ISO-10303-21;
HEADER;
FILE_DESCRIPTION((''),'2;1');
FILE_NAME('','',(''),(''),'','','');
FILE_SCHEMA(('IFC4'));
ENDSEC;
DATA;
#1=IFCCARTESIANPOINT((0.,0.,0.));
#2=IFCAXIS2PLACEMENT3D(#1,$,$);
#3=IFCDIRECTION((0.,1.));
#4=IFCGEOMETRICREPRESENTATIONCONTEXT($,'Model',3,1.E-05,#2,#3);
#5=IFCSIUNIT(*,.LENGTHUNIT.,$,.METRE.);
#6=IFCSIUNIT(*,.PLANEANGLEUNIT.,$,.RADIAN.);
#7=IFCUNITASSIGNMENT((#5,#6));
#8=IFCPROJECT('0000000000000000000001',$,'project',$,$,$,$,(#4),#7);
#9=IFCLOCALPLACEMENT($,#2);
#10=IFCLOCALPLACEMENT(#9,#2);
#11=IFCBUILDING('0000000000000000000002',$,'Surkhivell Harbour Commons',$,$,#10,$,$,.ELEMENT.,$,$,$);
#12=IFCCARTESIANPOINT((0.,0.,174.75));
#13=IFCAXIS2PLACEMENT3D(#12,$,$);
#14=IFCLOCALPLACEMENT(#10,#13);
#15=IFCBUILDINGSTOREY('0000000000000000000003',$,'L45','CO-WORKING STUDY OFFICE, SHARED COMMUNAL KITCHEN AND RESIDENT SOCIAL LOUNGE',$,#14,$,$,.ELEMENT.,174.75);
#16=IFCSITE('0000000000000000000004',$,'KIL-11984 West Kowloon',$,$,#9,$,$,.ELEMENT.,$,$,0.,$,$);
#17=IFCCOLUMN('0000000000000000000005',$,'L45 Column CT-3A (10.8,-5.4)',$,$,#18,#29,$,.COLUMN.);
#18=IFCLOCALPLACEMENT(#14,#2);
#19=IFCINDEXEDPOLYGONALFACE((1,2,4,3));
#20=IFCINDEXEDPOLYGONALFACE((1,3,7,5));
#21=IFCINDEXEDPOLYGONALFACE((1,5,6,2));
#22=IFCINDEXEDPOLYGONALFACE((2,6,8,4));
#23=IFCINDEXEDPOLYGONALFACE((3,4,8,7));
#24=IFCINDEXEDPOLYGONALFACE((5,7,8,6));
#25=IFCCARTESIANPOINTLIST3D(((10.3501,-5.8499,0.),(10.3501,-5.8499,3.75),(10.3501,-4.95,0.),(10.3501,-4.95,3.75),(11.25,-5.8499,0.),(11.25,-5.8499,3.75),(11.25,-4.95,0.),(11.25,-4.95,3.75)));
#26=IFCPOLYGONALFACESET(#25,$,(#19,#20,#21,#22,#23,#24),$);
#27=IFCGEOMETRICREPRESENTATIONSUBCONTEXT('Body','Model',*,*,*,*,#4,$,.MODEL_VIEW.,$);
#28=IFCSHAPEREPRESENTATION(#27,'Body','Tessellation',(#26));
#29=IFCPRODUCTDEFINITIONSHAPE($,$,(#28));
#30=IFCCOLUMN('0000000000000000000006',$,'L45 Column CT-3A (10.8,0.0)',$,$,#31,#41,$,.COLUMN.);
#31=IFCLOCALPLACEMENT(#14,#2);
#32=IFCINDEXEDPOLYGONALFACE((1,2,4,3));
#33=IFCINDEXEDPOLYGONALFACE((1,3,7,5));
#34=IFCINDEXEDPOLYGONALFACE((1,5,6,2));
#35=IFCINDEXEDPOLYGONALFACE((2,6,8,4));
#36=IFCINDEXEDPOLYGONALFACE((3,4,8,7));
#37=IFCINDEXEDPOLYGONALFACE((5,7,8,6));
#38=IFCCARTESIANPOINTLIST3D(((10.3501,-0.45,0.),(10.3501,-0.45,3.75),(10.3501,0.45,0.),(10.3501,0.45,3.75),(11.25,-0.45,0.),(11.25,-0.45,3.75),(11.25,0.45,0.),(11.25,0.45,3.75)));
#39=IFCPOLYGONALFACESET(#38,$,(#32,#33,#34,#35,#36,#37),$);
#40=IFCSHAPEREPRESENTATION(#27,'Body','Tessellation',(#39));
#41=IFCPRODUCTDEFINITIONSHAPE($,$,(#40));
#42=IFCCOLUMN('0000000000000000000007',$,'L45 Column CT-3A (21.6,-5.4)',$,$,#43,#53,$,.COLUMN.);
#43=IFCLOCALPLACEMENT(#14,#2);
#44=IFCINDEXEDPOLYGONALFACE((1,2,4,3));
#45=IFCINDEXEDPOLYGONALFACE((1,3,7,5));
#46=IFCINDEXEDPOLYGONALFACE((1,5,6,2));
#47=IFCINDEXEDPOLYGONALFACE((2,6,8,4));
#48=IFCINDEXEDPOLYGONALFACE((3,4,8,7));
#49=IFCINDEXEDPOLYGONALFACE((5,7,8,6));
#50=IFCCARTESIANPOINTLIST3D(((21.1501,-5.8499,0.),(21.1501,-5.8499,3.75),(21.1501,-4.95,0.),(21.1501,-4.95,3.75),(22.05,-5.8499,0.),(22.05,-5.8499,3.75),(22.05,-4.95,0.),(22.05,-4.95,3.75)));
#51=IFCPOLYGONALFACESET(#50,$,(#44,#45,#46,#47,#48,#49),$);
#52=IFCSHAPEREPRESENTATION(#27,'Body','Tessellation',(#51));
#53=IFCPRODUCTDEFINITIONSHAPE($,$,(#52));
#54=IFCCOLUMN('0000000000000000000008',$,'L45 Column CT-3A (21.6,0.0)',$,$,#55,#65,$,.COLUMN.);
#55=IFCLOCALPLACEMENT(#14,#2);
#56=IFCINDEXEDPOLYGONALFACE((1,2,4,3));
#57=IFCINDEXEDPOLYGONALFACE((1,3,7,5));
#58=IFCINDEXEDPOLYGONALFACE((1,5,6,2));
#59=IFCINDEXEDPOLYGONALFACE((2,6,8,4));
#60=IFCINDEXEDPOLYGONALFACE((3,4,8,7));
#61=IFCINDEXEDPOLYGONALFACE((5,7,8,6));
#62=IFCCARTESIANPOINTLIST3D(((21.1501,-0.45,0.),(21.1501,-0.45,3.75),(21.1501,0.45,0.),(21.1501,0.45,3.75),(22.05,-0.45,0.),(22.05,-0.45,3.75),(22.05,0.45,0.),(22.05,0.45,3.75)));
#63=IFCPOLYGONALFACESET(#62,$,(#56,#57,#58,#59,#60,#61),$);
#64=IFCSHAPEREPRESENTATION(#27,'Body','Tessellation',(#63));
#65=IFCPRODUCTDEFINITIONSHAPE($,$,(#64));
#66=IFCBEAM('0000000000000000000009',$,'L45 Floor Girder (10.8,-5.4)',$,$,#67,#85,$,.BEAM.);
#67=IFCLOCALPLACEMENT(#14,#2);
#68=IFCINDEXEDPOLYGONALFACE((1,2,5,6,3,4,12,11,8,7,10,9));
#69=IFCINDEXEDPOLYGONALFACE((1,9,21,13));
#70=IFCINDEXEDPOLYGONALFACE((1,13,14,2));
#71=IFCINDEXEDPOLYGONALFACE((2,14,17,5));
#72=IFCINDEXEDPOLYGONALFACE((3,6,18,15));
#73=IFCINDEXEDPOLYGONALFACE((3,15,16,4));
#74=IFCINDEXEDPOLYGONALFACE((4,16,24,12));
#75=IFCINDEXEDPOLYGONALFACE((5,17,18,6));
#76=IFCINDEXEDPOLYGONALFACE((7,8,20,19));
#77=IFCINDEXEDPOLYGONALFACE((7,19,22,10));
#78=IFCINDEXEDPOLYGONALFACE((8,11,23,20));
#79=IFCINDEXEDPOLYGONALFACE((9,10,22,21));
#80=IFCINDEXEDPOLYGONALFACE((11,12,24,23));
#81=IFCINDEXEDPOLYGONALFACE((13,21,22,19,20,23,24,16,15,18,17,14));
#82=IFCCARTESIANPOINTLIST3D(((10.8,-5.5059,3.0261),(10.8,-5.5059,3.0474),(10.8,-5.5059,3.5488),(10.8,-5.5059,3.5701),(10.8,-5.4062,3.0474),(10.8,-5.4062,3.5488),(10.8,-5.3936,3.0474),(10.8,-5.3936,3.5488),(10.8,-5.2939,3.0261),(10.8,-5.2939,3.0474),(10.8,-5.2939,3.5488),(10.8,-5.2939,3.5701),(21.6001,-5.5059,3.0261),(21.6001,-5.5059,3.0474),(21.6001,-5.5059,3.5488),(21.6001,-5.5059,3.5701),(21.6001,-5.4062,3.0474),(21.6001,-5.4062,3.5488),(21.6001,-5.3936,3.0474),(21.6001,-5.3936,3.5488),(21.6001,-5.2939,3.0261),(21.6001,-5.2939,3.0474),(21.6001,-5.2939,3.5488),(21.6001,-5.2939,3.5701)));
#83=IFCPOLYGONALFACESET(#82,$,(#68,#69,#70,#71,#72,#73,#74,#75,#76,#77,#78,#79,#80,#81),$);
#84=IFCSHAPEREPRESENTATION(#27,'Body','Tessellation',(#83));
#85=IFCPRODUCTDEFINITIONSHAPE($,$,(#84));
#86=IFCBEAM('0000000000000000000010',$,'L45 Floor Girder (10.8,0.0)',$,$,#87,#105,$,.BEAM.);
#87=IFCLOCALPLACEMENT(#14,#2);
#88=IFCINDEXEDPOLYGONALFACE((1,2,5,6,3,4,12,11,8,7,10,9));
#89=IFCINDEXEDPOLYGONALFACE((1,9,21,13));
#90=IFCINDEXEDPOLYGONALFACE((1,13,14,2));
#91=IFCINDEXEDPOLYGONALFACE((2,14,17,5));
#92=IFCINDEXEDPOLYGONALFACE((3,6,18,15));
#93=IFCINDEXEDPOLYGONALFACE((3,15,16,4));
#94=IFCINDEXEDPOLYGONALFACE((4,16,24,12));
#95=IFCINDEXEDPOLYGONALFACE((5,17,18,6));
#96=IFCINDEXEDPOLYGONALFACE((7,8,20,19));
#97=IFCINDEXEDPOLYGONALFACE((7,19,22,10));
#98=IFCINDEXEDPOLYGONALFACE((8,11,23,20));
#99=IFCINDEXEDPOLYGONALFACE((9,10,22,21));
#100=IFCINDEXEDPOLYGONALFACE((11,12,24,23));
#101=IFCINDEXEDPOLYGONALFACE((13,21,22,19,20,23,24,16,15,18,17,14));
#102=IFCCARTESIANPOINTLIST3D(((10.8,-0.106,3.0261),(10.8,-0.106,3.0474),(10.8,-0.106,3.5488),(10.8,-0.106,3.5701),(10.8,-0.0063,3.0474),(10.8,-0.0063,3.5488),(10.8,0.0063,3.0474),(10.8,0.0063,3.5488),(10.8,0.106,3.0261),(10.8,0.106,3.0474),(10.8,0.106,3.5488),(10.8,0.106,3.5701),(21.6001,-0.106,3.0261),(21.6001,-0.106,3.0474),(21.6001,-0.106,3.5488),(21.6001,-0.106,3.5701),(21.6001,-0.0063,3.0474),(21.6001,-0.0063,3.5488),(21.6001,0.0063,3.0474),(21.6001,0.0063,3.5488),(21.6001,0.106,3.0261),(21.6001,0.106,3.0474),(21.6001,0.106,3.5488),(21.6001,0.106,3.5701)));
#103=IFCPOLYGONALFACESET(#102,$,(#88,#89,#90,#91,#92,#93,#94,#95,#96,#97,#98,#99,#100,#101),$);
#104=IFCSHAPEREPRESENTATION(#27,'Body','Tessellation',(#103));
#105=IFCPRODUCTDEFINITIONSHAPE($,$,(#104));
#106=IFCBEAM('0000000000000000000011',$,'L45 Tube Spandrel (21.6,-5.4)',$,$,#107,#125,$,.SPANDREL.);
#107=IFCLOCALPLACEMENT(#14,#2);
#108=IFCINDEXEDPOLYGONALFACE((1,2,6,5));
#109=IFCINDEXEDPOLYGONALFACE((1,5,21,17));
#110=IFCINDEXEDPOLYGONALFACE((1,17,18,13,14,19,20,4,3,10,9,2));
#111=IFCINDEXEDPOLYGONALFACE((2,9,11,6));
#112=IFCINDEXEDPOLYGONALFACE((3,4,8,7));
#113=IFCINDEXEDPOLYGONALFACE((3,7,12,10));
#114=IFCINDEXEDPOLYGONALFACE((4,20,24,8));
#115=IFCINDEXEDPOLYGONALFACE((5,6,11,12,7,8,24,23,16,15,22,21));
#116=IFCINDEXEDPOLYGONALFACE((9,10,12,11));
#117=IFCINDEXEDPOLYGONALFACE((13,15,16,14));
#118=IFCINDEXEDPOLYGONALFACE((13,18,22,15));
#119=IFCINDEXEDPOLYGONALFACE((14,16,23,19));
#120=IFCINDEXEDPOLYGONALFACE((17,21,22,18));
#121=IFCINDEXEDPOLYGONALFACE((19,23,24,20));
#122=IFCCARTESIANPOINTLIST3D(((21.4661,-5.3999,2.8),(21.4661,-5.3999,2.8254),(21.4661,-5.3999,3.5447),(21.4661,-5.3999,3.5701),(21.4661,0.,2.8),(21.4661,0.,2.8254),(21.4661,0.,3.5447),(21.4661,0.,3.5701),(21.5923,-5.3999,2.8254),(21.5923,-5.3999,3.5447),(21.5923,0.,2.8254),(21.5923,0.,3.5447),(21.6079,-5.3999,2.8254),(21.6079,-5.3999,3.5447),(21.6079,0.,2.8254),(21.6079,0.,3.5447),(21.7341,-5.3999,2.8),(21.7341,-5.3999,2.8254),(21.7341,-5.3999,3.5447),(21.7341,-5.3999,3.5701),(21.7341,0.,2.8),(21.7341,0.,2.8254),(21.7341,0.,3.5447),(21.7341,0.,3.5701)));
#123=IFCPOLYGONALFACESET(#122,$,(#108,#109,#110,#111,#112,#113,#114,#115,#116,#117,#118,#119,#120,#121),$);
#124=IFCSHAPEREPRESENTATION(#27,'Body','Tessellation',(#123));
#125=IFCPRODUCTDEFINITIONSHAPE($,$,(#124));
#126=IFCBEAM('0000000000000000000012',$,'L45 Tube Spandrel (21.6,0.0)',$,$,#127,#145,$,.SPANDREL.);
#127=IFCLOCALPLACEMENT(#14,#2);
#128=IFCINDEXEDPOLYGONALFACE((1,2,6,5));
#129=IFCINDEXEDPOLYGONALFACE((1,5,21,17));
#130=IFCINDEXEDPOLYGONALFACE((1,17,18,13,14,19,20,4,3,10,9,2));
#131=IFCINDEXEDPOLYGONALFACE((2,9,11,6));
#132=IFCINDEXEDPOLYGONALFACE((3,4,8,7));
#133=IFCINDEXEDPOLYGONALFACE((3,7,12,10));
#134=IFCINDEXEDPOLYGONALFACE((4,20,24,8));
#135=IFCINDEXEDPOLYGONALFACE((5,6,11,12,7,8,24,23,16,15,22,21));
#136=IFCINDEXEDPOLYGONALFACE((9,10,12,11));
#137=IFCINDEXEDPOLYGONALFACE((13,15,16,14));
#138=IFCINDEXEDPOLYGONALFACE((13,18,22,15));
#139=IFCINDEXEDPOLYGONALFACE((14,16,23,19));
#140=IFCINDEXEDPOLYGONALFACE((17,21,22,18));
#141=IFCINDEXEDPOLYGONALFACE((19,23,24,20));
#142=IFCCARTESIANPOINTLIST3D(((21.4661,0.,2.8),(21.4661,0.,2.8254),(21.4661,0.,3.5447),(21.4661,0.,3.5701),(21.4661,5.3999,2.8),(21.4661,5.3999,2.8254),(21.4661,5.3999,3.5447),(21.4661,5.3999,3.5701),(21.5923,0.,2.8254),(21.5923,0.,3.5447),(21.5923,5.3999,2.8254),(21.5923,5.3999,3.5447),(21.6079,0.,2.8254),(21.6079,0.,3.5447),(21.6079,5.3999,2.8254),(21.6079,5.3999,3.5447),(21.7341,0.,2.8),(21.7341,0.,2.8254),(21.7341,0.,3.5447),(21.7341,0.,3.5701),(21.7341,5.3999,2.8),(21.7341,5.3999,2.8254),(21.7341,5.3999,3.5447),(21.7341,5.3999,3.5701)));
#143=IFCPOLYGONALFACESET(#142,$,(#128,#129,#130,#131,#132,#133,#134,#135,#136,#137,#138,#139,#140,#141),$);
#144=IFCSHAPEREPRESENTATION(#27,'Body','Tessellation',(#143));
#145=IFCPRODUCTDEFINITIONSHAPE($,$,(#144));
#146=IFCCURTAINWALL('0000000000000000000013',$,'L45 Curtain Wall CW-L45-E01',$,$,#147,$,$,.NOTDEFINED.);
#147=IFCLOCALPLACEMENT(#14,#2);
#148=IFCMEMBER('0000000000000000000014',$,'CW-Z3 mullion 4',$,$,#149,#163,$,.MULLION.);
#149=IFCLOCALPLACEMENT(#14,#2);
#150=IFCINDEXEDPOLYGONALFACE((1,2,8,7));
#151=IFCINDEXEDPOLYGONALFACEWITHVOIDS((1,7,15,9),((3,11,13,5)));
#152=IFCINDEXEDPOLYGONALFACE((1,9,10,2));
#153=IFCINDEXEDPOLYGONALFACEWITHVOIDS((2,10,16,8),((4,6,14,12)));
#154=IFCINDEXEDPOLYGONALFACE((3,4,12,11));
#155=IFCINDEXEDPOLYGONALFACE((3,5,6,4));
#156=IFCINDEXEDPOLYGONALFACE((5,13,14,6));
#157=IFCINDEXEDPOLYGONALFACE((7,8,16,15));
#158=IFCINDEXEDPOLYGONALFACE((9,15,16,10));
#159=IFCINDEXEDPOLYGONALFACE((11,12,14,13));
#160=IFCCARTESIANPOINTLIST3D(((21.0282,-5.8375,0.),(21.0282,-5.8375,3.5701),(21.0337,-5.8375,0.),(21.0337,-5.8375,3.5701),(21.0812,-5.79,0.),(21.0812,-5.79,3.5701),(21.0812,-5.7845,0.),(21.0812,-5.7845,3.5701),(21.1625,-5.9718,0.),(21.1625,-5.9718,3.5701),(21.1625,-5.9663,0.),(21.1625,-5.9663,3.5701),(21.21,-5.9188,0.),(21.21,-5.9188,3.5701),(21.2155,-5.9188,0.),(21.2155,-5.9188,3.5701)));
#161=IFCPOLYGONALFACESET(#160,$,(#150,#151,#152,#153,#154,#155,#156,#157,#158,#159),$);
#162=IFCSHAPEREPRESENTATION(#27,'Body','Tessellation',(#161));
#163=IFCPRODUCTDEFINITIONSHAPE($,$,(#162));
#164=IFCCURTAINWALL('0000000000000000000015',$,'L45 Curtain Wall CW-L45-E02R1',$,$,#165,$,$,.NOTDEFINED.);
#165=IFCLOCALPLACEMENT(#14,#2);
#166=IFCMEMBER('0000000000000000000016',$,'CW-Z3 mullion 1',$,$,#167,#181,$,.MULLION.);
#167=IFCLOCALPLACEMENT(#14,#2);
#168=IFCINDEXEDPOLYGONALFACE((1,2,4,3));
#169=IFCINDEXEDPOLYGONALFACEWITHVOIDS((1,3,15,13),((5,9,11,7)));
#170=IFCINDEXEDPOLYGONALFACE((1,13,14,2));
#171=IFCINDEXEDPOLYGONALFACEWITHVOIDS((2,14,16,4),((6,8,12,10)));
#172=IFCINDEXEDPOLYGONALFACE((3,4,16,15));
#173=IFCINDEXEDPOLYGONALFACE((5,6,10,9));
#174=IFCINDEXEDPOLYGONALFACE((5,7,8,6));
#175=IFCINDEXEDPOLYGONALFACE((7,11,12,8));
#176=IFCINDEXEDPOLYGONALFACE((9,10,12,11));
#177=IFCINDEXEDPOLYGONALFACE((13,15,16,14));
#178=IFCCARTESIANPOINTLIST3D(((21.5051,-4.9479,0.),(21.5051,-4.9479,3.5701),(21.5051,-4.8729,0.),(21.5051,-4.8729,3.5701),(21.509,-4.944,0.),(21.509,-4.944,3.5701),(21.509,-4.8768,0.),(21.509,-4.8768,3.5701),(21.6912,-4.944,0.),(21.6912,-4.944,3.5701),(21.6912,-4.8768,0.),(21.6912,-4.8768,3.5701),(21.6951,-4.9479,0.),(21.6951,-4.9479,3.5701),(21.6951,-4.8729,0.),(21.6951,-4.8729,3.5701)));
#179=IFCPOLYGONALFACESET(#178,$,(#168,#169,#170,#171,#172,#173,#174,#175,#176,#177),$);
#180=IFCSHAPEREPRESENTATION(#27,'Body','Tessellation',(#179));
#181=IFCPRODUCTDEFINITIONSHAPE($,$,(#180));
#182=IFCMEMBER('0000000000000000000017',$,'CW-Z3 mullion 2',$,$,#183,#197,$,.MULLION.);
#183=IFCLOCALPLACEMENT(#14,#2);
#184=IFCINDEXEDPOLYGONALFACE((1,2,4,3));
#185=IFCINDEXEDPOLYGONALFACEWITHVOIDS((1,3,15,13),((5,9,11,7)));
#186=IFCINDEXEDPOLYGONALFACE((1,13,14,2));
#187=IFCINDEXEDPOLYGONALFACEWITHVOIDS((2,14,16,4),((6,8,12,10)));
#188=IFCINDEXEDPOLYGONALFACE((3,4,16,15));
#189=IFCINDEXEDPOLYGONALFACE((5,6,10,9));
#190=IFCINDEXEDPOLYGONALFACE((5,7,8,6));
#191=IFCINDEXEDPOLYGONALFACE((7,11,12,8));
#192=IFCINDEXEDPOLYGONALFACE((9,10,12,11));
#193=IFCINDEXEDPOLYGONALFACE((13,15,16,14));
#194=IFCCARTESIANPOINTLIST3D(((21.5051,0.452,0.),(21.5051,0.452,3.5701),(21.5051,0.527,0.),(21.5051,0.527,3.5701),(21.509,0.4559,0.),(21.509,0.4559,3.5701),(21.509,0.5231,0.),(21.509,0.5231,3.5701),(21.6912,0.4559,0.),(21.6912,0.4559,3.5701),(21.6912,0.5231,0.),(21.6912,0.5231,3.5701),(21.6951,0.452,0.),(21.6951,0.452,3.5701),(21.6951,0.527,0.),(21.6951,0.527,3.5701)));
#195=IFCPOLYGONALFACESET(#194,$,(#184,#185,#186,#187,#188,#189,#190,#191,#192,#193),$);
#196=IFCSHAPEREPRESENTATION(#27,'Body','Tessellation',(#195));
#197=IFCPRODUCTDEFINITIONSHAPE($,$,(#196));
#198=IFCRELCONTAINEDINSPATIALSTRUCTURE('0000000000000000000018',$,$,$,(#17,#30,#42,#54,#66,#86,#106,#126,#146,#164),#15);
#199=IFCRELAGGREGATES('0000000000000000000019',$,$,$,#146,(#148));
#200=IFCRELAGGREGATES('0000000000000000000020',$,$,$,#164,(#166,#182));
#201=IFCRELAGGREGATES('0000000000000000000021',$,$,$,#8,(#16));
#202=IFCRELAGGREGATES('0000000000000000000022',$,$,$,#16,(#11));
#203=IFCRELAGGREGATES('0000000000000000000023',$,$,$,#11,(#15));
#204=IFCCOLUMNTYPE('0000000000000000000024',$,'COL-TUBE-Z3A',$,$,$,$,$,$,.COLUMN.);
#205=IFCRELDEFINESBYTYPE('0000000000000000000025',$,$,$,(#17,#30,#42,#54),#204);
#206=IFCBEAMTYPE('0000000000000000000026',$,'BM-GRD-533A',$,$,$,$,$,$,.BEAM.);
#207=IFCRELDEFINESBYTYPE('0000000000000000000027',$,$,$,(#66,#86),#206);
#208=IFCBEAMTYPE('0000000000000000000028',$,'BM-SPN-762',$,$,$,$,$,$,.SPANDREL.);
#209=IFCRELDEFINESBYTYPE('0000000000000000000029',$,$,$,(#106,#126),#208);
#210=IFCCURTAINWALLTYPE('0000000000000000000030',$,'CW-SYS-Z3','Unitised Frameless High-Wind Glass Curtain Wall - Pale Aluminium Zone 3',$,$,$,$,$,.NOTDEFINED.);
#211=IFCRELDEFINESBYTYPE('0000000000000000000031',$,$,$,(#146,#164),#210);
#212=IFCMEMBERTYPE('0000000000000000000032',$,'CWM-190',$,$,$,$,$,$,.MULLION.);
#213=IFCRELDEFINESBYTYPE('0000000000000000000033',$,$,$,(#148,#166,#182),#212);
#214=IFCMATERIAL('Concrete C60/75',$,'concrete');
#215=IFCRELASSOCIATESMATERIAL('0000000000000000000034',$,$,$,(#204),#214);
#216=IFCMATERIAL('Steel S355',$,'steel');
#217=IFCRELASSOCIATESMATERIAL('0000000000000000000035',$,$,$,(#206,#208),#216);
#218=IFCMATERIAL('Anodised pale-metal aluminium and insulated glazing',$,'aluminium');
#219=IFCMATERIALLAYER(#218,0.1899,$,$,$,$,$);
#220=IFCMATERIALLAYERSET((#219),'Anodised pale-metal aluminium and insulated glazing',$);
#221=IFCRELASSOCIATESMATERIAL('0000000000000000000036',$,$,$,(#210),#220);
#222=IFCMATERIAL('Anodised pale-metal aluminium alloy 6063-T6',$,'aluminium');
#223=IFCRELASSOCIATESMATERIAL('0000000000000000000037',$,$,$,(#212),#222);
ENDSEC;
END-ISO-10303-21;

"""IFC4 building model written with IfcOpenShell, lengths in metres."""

from ifc_helpers import new_model, si_unit, direction, frame, origin, origin_2d, place, context, subcontext, project, spatial, rectangle, hollow_rectangle, i_section, extrude, material, layer, layer_set, material_profile, profile_set, type_object, element, aggregate, save


model = new_model("IFC4")

# Units and contexts
model_context = context("Model", 3, precision=1e-05, world=origin(), true_north=direction((0.0, 1.0)))
body_context = subcontext(model_context, "Body", "Model", "MODEL_VIEW")
ifc_project = project(units=[si_unit("LENGTHUNIT", "METRE"), si_unit("PLANEANGLEUNIT", "RADIAN")], contexts=[model_context])

# Site, building, storey
site_placement = place(None, origin())
site = spatial("IfcSite", under=ifc_project, at=site_placement, Name="KIL-11984 West Kowloon", CompositionType="ELEMENT", RefElevation=0.0)
building_placement = place(site_placement, origin())
building = spatial("IfcBuilding", under=site, at=building_placement, Name="Surkhivell Harbour Commons", CompositionType="ELEMENT")
storey_placement = place(building_placement, frame((0.0, 0.0, 174.75)))
storey = spatial("IfcBuildingStorey", under=building, at=storey_placement, Name="L45", Description="CO-WORKING STUDY OFFICE, SHARED COMMUNAL KITCHEN AND RESIDENT SOCIAL LOUNGE", CompositionType="ELEMENT", Elevation=174.75)

# Columns
ifc_material_1 = material(Name="Concrete C60/75", Category="concrete")
ifc_material_profile_1 = material_profile(ifc_material_1, rectangle(XDim=0.8999, YDim=0.8999, at=origin_2d()), Name="RC-COL-900x900")
ifc_profile_set_1 = profile_set([ifc_material_profile_1], Name="Concrete C60/75")
column_type = type_object("IfcColumnType", Name="COL-TUBE-Z3A", PredefinedType="COLUMN", material=ifc_profile_set_1)
for number, where, z_axis, x_axis, name in (
    (1, (10.8, -5.3999, 0.0), (0.0, 0.0, 1.0), (1.0, 0.0, 0.0), "L45 Column CT-3A (10.8,-5.4)"),
    (2, (10.8, 0.0, 0.0), (0.0, 0.0, 1.0), (1.0, 0.0, 0.0), "L45 Column CT-3A (10.8,0.0)"),
    (3, (21.6001, -5.3999, 0.0), (0.0, 0.0, 1.0), (1.0, 0.0, 0.0), "L45 Column CT-3A (21.6,-5.4)"),
    (4, (21.6001, 0.0, 0.0), (0.0, 0.0, 1.0), (1.0, 0.0, 0.0), "L45 Column CT-3A (21.6,0.0)"),
):
    element("IfcColumn", number, at=place(storey_placement, frame(where, z_axis=z_axis, x_axis=x_axis)), inside=storey, type_object=column_type, Name=name, PredefinedType="COLUMN", context=body_context, shape_type="SweptSolid", body=[
        extrude(rectangle(XDim=0.8999, YDim=0.8999, at=origin_2d()), origin(), (0.0, 0.0, 1.0), 3.75),
    ])

# Beams
ifc_material_2 = material(Name="Steel S355", Category="steel")
ifc_material_profile_2 = material_profile(ifc_material_2, i_section(OverallWidth=0.2119, OverallDepth=0.5439, WebThickness=0.0127, FlangeThickness=0.0212, at=origin_2d()), Name="UB533x210x122")
ifc_profile_set_2 = profile_set([ifc_material_profile_2], Name="Steel S355")
beam_type_1 = type_object("IfcBeamType", Name="BM-GRD-533A", PredefinedType="BEAM", material=ifc_profile_set_2)
for number, where, z_axis, x_axis, name in (
    (5, (10.8, -5.3999, 3.2981), (1.0, 0.0, 0.0), (0.0, 1.0, 0.0), "L45 Floor Girder (10.8,-5.4)"),
    (6, (10.8, 0.0, 3.2981), (1.0, 0.0, 0.0), (0.0, 1.0, 0.0), "L45 Floor Girder (10.8,0.0)"),
):
    element("IfcBeam", number, at=place(storey_placement, frame(where, z_axis=z_axis, x_axis=x_axis)), inside=storey, type_object=beam_type_1, Name=name, PredefinedType="BEAM", context=body_context, shape_type="SweptSolid", body=[
        extrude(i_section(OverallWidth=0.2119, OverallDepth=0.5439, WebThickness=0.0127, FlangeThickness=0.0212, at=origin_2d()), origin(), (0.0, 0.0, 1.0), 10.8),
    ])
ifc_material_profile_3 = material_profile(ifc_material_2, i_section(OverallWidth=0.2681, OverallDepth=0.77, WebThickness=0.0156, FlangeThickness=0.0254, at=origin_2d()), Name="UB762x267x197")
ifc_profile_set_3 = profile_set([ifc_material_profile_3], Name="Steel S355")
beam_type_2 = type_object("IfcBeamType", Name="BM-SPN-762", PredefinedType="SPANDREL", material=ifc_profile_set_3)
for number, where, z_axis, x_axis, name in (
    (7, (21.6001, -5.3999, 3.1851), (0.0, 1.0, 0.0), (-1.0, 0.0, 0.0), "L45 Tube Spandrel (21.6,-5.4)"),
    (8, (21.6001, 0.0, 3.1851), (0.0, 1.0, 0.0), (-1.0, 0.0, 0.0), "L45 Tube Spandrel (21.6,0.0)"),
):
    element("IfcBeam", number, at=place(storey_placement, frame(where, z_axis=z_axis, x_axis=x_axis)), inside=storey, type_object=beam_type_2, Name=name, PredefinedType="SPANDREL", context=body_context, shape_type="SweptSolid", body=[
        extrude(i_section(OverallWidth=0.2681, OverallDepth=0.77, WebThickness=0.0156, FlangeThickness=0.0254, at=origin_2d()), origin(), (0.0, 0.0, 1.0), 5.3999),
    ])

# Curtain wall, member
ifc_material_3 = material(Name="Anodised pale-metal aluminium and insulated glazing", Category="aluminium")
ifc_layer_1 = layer(ifc_material_3, 0.1899)
ifc_layer_set_1 = layer_set([ifc_layer_1], Name="Anodised pale-metal aluminium and insulated glazing")
curtain_wall_type = type_object("IfcCurtainWallType", Name="CW-SYS-Z3", Description="Unitised Frameless High-Wind Glass Curtain Wall - Pale Aluminium Zone 3", PredefinedType="NOTDEFINED", material=ifc_layer_set_1)
curtain_wall_1_placement = place(storey_placement, origin())
curtain_wall_1 = element("IfcCurtainWall", 9, at=curtain_wall_1_placement, inside=storey, type_object=curtain_wall_type, Name="L45 Curtain Wall CW-L45-E01", PredefinedType="NOTDEFINED")
ifc_material_4 = material(Name="Anodised pale-metal aluminium alloy 6063-T6", Category="aluminium")
ifc_material_profile_4 = material_profile(ifc_material_4, hollow_rectangle(XDim=0.075, YDim=0.1899, WallThickness=0.0039, at=origin_2d()), Name="ALU-MULL-75x190")
ifc_profile_set_4 = profile_set([ifc_material_profile_4], Name="Anodised pale-metal aluminium alloy 6063-T6")
member_type_1 = type_object("IfcMemberType", Name="CWM-190", PredefinedType="MULLION", material=ifc_profile_set_4)
member_1_placement = place(storey_placement, frame((21.1218, -5.8782, 0.0), z_axis=(0.0, 0.0, 1.0), x_axis=(0.707107, 0.707107, 0.0)))
member_1 = element("IfcMember", 10, at=member_1_placement, type_object=member_type_1, Name="CW-Z3 mullion 4", PredefinedType="MULLION", context=body_context, shape_type="SweptSolid", body=[
    extrude(hollow_rectangle(XDim=0.075, YDim=0.1899, WallThickness=0.0039, at=origin_2d()), origin(), (0.0, 0.0, 1.0), 3.5701),
])
aggregate(curtain_wall_1, [member_1])

# Curtain wall, members
curtain_wall_2_placement = place(storey_placement, origin())
curtain_wall_2 = element("IfcCurtainWall", 11, at=curtain_wall_2_placement, inside=storey, type_object=curtain_wall_type, Name="L45 Curtain Wall CW-L45-E02R1", PredefinedType="NOTDEFINED")
member_2_placement = place(storey_placement, frame((21.6001, -4.9104, 0.0), z_axis=(0.0, 0.0, 1.0), x_axis=(0.0, 1.0, 0.0)))
member_2 = element("IfcMember", 12, at=member_2_placement, type_object=member_type_1, Name="CW-Z3 mullion 1", PredefinedType="MULLION", context=body_context, shape_type="SweptSolid", body=[
    extrude(hollow_rectangle(XDim=0.075, YDim=0.1899, WallThickness=0.0039, at=origin_2d()), origin(), (0.0, 0.0, 1.0), 3.5701),
])
member_3_placement = place(storey_placement, frame((21.6001, 0.4895, 0.0), z_axis=(0.0, 0.0, 1.0), x_axis=(0.0, 1.0, 0.0)))
member_3 = element("IfcMember", 13, at=member_3_placement, type_object=member_type_1, Name="CW-Z3 mullion 2", PredefinedType="MULLION", context=body_context, shape_type="SweptSolid", body=[
    extrude(hollow_rectangle(XDim=0.075, YDim=0.1899, WallThickness=0.0039, at=origin_2d()), origin(), (0.0, 0.0, 1.0), 3.5701),
])
aggregate(curtain_wall_2, [member_2, member_3])

save(model, "model.ifc")
